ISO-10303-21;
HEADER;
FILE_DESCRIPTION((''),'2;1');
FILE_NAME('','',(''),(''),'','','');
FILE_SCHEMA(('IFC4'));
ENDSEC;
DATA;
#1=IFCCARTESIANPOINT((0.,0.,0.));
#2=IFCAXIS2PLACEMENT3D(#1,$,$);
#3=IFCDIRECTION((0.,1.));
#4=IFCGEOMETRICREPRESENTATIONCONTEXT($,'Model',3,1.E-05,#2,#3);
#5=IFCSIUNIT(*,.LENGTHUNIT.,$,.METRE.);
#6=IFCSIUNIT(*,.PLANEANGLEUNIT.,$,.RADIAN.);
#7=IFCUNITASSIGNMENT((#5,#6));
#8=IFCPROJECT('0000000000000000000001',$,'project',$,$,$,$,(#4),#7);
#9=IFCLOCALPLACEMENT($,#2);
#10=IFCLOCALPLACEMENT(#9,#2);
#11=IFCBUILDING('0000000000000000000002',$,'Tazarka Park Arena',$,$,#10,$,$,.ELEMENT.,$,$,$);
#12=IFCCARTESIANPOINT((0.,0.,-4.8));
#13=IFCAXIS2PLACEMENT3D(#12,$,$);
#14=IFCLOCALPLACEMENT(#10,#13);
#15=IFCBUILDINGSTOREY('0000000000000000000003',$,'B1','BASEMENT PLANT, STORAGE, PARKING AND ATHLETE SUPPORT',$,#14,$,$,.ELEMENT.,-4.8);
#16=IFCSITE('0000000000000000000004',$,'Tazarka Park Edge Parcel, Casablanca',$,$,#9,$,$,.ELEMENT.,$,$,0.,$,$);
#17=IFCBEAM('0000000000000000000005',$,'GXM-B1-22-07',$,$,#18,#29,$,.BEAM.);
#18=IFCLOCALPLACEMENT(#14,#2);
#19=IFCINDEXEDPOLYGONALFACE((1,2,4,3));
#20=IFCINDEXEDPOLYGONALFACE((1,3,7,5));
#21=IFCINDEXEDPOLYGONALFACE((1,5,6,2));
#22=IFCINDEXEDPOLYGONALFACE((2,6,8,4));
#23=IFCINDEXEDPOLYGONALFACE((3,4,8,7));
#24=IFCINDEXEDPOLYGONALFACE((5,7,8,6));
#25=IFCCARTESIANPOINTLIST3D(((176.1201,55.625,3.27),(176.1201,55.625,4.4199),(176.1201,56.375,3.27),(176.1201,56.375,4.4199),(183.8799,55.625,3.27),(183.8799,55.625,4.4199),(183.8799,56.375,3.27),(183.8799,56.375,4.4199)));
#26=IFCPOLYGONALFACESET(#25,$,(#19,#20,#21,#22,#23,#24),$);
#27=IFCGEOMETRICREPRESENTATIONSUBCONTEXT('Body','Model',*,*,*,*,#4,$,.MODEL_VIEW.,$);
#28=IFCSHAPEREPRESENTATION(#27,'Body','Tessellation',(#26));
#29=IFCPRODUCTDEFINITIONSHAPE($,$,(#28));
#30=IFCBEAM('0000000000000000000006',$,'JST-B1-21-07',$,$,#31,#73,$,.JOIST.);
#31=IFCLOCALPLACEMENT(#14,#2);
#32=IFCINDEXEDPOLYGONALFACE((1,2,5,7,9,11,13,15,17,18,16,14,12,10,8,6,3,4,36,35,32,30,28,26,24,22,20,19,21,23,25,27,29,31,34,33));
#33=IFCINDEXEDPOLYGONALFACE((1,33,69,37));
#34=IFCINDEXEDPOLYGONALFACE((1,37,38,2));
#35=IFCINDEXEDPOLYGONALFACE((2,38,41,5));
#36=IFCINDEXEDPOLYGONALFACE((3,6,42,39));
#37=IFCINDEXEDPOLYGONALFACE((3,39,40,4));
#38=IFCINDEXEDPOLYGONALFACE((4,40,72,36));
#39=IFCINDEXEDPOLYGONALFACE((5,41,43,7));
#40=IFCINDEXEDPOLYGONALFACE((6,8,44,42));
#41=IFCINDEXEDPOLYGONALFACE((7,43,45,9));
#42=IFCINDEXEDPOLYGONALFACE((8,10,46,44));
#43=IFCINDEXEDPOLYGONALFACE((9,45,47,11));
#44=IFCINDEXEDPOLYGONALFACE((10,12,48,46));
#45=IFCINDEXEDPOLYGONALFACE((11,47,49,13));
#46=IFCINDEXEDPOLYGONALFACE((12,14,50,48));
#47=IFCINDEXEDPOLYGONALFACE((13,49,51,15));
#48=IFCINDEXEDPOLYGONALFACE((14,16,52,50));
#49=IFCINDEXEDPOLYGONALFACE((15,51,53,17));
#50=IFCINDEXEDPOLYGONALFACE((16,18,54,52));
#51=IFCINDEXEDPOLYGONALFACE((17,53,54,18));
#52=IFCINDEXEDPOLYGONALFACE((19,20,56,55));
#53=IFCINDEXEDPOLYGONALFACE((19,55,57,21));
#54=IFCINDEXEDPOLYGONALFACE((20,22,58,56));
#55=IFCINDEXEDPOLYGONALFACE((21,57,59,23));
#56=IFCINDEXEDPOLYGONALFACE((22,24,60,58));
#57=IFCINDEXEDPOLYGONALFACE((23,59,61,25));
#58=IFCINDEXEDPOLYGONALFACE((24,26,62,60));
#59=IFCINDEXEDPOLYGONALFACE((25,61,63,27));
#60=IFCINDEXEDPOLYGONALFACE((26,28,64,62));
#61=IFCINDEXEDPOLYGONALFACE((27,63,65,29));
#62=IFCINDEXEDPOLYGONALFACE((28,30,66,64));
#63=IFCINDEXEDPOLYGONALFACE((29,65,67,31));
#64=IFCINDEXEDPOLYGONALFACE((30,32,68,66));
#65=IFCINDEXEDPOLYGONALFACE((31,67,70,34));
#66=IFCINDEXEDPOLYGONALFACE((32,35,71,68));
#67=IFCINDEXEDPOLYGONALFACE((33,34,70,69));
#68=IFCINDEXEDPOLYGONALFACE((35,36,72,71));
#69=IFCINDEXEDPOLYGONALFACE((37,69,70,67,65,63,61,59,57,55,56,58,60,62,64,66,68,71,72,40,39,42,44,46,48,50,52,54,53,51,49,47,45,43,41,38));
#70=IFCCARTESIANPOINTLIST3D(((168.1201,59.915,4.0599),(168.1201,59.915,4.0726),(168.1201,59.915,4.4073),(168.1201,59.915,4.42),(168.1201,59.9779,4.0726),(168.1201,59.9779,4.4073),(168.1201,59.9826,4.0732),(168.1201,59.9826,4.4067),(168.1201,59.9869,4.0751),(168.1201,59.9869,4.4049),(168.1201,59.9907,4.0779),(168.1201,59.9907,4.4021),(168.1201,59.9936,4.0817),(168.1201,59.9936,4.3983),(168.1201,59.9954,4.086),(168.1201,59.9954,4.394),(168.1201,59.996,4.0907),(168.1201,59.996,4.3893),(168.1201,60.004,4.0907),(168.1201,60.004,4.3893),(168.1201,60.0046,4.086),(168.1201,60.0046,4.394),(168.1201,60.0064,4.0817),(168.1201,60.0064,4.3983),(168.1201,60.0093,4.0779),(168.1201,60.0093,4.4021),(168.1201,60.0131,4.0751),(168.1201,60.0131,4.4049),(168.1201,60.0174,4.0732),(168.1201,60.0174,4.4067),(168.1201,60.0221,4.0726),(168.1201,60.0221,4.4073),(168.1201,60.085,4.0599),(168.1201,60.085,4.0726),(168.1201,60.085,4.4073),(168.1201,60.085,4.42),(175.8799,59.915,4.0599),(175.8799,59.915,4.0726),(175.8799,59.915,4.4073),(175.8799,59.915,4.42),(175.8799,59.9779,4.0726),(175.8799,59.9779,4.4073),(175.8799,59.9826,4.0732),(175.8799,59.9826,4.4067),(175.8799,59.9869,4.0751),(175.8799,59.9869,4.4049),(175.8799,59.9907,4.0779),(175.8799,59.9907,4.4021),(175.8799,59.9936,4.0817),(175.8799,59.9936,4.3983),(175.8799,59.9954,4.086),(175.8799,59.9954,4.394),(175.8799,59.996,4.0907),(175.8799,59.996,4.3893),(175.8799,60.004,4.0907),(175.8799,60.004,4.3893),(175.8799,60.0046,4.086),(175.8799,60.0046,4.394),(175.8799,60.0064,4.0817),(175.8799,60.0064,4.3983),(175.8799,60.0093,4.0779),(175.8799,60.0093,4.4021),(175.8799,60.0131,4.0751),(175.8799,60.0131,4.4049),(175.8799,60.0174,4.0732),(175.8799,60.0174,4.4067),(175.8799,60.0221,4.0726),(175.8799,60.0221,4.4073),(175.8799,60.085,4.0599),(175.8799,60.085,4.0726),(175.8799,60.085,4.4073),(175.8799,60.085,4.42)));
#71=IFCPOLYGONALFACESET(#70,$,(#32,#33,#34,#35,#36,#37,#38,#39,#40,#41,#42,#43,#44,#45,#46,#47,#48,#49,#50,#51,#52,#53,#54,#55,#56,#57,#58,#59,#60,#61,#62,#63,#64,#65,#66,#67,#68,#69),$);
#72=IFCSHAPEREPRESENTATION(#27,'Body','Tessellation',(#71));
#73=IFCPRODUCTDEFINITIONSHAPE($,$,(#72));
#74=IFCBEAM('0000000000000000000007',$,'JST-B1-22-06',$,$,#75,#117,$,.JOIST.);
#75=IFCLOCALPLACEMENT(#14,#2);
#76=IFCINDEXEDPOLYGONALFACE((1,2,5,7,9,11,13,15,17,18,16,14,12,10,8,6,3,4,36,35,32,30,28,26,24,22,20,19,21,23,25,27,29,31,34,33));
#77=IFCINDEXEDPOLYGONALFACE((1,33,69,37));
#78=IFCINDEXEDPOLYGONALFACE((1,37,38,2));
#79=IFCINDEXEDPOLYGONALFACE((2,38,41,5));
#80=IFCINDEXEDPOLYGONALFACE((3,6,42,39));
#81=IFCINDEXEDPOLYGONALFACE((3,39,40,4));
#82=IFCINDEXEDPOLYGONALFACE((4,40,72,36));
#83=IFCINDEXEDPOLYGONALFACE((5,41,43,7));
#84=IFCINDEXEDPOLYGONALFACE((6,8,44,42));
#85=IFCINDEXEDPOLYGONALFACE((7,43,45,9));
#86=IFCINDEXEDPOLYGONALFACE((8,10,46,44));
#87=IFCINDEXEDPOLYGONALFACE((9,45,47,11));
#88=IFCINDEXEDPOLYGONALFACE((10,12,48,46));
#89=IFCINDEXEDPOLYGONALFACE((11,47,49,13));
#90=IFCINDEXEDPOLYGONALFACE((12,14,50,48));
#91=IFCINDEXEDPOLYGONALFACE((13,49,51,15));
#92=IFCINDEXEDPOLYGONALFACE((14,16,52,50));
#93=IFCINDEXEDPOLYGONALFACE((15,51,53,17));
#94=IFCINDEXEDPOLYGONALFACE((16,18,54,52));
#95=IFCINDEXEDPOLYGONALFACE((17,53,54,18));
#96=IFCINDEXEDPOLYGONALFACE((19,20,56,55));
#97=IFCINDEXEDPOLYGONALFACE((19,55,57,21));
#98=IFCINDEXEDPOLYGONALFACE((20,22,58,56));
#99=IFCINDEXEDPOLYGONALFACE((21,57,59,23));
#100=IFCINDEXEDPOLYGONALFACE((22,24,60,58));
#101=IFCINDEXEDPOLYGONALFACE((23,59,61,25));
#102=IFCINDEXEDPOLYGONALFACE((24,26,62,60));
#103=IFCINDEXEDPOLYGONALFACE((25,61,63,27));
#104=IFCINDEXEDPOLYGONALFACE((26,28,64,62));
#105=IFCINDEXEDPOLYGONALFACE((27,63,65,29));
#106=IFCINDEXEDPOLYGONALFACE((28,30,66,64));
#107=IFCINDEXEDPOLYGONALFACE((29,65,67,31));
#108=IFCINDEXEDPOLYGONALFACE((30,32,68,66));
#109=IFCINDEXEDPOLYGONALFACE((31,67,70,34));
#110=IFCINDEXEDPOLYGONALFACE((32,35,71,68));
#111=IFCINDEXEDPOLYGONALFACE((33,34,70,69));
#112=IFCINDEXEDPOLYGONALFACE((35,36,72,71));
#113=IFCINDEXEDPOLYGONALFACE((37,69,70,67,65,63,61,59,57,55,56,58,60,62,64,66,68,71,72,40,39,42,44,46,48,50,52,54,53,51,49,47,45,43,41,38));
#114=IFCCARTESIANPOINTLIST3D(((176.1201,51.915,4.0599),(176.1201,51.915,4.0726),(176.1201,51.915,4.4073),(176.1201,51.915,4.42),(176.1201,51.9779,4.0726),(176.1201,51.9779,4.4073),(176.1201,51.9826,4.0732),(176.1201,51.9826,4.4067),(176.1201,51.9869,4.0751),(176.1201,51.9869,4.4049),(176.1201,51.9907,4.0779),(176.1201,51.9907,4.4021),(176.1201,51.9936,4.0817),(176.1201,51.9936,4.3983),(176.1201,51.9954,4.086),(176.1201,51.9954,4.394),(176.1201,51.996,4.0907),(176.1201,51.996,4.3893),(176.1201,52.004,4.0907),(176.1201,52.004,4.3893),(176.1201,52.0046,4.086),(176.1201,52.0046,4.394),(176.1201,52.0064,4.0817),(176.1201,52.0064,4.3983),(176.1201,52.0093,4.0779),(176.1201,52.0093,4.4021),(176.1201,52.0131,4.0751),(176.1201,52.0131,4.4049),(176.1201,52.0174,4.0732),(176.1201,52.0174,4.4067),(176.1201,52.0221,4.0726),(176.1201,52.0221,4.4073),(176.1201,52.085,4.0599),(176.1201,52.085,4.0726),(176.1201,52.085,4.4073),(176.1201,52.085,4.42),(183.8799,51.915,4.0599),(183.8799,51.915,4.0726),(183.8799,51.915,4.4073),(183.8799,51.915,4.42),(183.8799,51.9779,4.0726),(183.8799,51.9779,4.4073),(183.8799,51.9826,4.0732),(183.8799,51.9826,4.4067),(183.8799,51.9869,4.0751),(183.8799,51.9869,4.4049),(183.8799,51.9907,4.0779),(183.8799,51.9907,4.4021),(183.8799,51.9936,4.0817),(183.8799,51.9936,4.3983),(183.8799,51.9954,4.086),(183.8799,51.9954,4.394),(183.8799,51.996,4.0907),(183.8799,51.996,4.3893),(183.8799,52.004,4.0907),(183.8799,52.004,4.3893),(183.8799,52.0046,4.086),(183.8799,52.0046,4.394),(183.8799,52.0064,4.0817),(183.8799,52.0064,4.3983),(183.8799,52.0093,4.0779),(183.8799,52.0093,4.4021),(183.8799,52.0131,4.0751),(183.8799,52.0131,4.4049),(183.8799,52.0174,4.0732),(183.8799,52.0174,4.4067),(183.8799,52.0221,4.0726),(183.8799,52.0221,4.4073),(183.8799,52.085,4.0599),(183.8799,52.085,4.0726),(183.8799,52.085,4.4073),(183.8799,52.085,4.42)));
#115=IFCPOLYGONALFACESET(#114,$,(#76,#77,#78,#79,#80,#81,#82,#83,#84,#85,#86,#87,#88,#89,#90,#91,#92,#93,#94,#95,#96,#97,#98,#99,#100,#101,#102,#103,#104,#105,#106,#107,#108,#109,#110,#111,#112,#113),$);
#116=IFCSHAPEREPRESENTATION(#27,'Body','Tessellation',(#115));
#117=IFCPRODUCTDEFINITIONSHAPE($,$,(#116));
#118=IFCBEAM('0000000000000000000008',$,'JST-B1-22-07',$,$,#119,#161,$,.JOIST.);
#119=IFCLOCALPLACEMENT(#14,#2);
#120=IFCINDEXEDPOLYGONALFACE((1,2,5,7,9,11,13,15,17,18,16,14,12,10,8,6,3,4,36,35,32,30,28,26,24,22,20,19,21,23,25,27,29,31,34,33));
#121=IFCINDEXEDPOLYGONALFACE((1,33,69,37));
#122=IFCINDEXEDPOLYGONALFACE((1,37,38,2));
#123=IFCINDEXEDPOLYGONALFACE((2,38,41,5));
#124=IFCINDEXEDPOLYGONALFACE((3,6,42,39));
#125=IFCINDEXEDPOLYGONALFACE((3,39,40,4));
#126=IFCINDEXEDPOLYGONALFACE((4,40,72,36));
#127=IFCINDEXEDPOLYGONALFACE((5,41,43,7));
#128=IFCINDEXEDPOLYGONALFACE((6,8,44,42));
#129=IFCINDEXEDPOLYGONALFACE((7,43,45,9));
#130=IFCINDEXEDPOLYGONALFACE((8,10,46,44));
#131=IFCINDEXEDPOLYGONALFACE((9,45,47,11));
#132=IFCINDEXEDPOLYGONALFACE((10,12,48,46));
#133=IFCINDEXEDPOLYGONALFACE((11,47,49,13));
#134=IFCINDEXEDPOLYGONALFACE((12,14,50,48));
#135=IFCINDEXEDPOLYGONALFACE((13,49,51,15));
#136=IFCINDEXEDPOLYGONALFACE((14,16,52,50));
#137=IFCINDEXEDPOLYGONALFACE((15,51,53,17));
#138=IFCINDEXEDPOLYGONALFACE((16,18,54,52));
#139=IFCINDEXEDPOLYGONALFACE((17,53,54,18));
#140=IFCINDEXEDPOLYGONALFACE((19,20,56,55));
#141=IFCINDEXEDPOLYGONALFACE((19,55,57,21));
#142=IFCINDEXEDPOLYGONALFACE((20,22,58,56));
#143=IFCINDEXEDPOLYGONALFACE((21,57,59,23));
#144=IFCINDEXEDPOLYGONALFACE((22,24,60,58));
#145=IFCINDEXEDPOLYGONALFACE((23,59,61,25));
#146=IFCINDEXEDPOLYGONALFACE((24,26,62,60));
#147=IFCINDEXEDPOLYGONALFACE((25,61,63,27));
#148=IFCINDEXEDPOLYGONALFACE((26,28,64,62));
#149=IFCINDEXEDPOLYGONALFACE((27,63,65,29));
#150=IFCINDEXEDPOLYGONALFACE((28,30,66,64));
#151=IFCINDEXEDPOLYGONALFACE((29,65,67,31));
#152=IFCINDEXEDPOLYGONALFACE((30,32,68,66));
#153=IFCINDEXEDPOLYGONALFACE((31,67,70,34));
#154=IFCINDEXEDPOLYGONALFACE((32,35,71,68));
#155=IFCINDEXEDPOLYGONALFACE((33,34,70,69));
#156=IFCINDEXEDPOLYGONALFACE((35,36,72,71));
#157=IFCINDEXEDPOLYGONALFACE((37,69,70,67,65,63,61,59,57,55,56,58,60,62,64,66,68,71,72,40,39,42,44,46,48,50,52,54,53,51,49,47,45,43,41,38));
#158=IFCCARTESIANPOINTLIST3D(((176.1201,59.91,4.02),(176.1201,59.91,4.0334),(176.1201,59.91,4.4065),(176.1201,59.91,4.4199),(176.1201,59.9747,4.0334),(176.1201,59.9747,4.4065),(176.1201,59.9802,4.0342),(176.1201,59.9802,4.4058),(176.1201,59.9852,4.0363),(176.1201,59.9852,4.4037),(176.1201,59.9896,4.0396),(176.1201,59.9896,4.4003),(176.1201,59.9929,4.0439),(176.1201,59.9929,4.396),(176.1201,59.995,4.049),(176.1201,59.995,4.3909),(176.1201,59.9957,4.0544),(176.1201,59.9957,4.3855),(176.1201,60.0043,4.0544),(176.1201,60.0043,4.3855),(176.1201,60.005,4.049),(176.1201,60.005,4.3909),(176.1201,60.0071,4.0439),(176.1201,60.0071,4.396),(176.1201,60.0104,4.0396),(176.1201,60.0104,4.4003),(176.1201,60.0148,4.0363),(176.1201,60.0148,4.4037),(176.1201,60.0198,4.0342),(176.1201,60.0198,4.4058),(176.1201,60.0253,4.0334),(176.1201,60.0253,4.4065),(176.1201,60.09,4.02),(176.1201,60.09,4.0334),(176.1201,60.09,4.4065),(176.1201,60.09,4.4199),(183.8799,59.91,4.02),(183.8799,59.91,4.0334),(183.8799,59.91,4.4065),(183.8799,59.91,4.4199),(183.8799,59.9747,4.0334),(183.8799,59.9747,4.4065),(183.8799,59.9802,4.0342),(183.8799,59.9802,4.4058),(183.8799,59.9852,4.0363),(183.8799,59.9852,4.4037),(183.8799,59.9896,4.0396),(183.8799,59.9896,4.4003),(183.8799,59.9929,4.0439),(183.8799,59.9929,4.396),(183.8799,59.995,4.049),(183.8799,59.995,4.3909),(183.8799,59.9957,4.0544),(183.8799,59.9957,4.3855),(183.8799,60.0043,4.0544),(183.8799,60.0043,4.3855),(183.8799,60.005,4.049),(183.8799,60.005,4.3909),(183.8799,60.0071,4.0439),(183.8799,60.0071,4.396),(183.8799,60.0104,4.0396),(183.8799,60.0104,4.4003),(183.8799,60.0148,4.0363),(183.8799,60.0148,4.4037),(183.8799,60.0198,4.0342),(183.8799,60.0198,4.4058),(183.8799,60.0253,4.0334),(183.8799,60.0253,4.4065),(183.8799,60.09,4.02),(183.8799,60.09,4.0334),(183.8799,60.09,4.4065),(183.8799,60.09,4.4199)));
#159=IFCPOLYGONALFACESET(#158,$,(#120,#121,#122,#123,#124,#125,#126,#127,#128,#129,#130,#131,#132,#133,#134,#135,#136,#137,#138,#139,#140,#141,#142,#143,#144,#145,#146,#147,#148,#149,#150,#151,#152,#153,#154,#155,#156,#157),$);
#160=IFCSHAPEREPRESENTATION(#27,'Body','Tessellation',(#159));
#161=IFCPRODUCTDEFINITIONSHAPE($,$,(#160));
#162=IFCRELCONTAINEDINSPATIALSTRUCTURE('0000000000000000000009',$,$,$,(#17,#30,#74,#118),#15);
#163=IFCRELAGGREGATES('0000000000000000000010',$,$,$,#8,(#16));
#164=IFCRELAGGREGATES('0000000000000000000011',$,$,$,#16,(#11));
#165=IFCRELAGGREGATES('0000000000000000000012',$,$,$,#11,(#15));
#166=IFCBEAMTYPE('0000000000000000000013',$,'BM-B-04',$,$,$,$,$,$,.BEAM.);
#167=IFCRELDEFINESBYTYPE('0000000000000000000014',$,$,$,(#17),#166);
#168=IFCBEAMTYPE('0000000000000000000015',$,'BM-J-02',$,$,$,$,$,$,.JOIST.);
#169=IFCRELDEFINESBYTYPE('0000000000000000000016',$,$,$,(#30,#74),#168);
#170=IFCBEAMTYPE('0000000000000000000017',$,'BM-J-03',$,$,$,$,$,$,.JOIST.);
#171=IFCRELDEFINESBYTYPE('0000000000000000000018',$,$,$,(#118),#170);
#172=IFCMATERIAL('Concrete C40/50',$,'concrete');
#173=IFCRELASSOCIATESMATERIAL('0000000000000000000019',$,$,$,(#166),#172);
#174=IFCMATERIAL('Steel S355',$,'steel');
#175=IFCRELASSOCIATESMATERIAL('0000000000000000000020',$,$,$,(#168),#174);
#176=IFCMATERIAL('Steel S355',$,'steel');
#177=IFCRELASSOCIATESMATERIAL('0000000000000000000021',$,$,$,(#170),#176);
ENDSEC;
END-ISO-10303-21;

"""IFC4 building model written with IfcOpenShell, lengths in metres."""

from ifc_helpers import new_model, si_unit, direction, frame, origin, origin_2d, place, context, subcontext, project, spatial, rectangle, i_section, extrude, material, material_profile, profile_set, type_object, element, save


model = new_model("IFC4")

# Units and contexts
model_context = context("Model", 3, precision=1e-05, world=origin(), true_north=direction((0.0, 1.0)))
body_context = subcontext(model_context, "Body", "Model", "MODEL_VIEW")
ifc_project = project(units=[si_unit("LENGTHUNIT", "METRE"), si_unit("PLANEANGLEUNIT", "RADIAN")], contexts=[model_context])

# Site, building, storey
site_placement = place(None, origin())
site = spatial("IfcSite", under=ifc_project, at=site_placement, Name="Tazarka Park Edge Parcel, Casablanca", CompositionType="ELEMENT", RefElevation=0.0)
building_placement = place(site_placement, origin())
building = spatial("IfcBuilding", under=site, at=building_placement, Name="Tazarka Park Arena", CompositionType="ELEMENT")
storey_placement = place(building_placement, frame((0.0, 0.0, -4.8)))
storey = spatial("IfcBuildingStorey", under=building, at=storey_placement, Name="B1", Description="BASEMENT PLANT, STORAGE, PARKING AND ATHLETE SUPPORT", CompositionType="ELEMENT", Elevation=-4.8)

# Beams
ifc_material_1 = material(Name="Concrete C40/50", Category="concrete")
ifc_material_profile_1 = material_profile(ifc_material_1, rectangle(XDim=0.75, YDim=1.1499, at=origin_2d()), Name="Concrete C40/50")
ifc_profile_set_1 = profile_set([ifc_material_profile_1], Name="Concrete C40/50")
beam_type_1 = type_object("IfcBeamType", Name="BM-B-04", PredefinedType="BEAM", material=ifc_profile_set_1)
for number, where, z_axis, x_axis, name in (
    (1, (176.1201, 56.0, 3.845), (1.0, 0.0, 0.0), (0.0, 1.0, 0.0), "GXM-B1-22-07"),
):
    element("IfcBeam", number, at=place(storey_placement, frame(where, z_axis=z_axis, x_axis=x_axis)), inside=storey, type_object=beam_type_1, Name=name, PredefinedType="BEAM", context=body_context, shape_type="SweptSolid", body=[
        extrude(rectangle(XDim=0.75, YDim=1.1499, at=origin_2d()), origin(), (0.0, 0.0, 1.0), 7.7598),
    ])
ifc_material_2 = material(Name="Steel S355", Category="steel")
ifc_material_profile_2 = material_profile(ifc_material_2, i_section(OverallWidth=0.1699, OverallDepth=0.3601, WebThickness=0.0081, FlangeThickness=0.0127, FilletRadius=0.0181, at=origin_2d()), Name="Steel S355")
ifc_profile_set_2 = profile_set([ifc_material_profile_2], Name="Steel S355")
beam_type_2 = type_object("IfcBeamType", Name="BM-J-02", PredefinedType="JOIST", material=ifc_profile_set_2)
for number, where, z_axis, x_axis, name in (
    (2, (168.1201, 60.0, 4.24), (1.0, 0.0, 0.0), (0.0, 1.0, 0.0), "JST-B1-21-07"),
    (3, (176.1201, 52.0, 4.24), (1.0, 0.0, 0.0), (0.0, 1.0, 0.0), "JST-B1-22-06"),
):
    element("IfcBeam", number, at=place(storey_placement, frame(where, z_axis=z_axis, x_axis=x_axis)), inside=storey, type_object=beam_type_2, Name=name, PredefinedType="JOIST", context=body_context, shape_type="SweptSolid", body=[
        extrude(i_section(OverallWidth=0.1699, OverallDepth=0.3601, WebThickness=0.0081, FlangeThickness=0.0127, FilletRadius=0.0181, at=origin_2d()), origin(), (0.0, 0.0, 1.0), 7.7598),
    ])
ifc_material_3 = material(Name="Steel S355", Category="steel")
ifc_material_profile_3 = material_profile(ifc_material_3, i_section(OverallWidth=0.1799, OverallDepth=0.3999, WebThickness=0.0085, FlangeThickness=0.0134, FilletRadius=0.021, at=origin_2d()), Name="Steel S355")
ifc_profile_set_3 = profile_set([ifc_material_profile_3], Name="Steel S355")
beam_type_3 = type_object("IfcBeamType", Name="BM-J-03", PredefinedType="JOIST", material=ifc_profile_set_3)
beam_placement = place(storey_placement, frame((176.1201, 60.0, 4.22), z_axis=(1.0, 0.0, 0.0), x_axis=(0.0, 1.0, 0.0)))
element("IfcBeam", 4, at=beam_placement, inside=storey, type_object=beam_type_3, Name="JST-B1-22-07", PredefinedType="JOIST", context=body_context, shape_type="SweptSolid", body=[
    extrude(i_section(OverallWidth=0.1799, OverallDepth=0.3999, WebThickness=0.0085, FlangeThickness=0.0134, FilletRadius=0.021, at=origin_2d()), origin(), (0.0, 0.0, 1.0), 7.7598),
])

save(model, "model.ifc")
